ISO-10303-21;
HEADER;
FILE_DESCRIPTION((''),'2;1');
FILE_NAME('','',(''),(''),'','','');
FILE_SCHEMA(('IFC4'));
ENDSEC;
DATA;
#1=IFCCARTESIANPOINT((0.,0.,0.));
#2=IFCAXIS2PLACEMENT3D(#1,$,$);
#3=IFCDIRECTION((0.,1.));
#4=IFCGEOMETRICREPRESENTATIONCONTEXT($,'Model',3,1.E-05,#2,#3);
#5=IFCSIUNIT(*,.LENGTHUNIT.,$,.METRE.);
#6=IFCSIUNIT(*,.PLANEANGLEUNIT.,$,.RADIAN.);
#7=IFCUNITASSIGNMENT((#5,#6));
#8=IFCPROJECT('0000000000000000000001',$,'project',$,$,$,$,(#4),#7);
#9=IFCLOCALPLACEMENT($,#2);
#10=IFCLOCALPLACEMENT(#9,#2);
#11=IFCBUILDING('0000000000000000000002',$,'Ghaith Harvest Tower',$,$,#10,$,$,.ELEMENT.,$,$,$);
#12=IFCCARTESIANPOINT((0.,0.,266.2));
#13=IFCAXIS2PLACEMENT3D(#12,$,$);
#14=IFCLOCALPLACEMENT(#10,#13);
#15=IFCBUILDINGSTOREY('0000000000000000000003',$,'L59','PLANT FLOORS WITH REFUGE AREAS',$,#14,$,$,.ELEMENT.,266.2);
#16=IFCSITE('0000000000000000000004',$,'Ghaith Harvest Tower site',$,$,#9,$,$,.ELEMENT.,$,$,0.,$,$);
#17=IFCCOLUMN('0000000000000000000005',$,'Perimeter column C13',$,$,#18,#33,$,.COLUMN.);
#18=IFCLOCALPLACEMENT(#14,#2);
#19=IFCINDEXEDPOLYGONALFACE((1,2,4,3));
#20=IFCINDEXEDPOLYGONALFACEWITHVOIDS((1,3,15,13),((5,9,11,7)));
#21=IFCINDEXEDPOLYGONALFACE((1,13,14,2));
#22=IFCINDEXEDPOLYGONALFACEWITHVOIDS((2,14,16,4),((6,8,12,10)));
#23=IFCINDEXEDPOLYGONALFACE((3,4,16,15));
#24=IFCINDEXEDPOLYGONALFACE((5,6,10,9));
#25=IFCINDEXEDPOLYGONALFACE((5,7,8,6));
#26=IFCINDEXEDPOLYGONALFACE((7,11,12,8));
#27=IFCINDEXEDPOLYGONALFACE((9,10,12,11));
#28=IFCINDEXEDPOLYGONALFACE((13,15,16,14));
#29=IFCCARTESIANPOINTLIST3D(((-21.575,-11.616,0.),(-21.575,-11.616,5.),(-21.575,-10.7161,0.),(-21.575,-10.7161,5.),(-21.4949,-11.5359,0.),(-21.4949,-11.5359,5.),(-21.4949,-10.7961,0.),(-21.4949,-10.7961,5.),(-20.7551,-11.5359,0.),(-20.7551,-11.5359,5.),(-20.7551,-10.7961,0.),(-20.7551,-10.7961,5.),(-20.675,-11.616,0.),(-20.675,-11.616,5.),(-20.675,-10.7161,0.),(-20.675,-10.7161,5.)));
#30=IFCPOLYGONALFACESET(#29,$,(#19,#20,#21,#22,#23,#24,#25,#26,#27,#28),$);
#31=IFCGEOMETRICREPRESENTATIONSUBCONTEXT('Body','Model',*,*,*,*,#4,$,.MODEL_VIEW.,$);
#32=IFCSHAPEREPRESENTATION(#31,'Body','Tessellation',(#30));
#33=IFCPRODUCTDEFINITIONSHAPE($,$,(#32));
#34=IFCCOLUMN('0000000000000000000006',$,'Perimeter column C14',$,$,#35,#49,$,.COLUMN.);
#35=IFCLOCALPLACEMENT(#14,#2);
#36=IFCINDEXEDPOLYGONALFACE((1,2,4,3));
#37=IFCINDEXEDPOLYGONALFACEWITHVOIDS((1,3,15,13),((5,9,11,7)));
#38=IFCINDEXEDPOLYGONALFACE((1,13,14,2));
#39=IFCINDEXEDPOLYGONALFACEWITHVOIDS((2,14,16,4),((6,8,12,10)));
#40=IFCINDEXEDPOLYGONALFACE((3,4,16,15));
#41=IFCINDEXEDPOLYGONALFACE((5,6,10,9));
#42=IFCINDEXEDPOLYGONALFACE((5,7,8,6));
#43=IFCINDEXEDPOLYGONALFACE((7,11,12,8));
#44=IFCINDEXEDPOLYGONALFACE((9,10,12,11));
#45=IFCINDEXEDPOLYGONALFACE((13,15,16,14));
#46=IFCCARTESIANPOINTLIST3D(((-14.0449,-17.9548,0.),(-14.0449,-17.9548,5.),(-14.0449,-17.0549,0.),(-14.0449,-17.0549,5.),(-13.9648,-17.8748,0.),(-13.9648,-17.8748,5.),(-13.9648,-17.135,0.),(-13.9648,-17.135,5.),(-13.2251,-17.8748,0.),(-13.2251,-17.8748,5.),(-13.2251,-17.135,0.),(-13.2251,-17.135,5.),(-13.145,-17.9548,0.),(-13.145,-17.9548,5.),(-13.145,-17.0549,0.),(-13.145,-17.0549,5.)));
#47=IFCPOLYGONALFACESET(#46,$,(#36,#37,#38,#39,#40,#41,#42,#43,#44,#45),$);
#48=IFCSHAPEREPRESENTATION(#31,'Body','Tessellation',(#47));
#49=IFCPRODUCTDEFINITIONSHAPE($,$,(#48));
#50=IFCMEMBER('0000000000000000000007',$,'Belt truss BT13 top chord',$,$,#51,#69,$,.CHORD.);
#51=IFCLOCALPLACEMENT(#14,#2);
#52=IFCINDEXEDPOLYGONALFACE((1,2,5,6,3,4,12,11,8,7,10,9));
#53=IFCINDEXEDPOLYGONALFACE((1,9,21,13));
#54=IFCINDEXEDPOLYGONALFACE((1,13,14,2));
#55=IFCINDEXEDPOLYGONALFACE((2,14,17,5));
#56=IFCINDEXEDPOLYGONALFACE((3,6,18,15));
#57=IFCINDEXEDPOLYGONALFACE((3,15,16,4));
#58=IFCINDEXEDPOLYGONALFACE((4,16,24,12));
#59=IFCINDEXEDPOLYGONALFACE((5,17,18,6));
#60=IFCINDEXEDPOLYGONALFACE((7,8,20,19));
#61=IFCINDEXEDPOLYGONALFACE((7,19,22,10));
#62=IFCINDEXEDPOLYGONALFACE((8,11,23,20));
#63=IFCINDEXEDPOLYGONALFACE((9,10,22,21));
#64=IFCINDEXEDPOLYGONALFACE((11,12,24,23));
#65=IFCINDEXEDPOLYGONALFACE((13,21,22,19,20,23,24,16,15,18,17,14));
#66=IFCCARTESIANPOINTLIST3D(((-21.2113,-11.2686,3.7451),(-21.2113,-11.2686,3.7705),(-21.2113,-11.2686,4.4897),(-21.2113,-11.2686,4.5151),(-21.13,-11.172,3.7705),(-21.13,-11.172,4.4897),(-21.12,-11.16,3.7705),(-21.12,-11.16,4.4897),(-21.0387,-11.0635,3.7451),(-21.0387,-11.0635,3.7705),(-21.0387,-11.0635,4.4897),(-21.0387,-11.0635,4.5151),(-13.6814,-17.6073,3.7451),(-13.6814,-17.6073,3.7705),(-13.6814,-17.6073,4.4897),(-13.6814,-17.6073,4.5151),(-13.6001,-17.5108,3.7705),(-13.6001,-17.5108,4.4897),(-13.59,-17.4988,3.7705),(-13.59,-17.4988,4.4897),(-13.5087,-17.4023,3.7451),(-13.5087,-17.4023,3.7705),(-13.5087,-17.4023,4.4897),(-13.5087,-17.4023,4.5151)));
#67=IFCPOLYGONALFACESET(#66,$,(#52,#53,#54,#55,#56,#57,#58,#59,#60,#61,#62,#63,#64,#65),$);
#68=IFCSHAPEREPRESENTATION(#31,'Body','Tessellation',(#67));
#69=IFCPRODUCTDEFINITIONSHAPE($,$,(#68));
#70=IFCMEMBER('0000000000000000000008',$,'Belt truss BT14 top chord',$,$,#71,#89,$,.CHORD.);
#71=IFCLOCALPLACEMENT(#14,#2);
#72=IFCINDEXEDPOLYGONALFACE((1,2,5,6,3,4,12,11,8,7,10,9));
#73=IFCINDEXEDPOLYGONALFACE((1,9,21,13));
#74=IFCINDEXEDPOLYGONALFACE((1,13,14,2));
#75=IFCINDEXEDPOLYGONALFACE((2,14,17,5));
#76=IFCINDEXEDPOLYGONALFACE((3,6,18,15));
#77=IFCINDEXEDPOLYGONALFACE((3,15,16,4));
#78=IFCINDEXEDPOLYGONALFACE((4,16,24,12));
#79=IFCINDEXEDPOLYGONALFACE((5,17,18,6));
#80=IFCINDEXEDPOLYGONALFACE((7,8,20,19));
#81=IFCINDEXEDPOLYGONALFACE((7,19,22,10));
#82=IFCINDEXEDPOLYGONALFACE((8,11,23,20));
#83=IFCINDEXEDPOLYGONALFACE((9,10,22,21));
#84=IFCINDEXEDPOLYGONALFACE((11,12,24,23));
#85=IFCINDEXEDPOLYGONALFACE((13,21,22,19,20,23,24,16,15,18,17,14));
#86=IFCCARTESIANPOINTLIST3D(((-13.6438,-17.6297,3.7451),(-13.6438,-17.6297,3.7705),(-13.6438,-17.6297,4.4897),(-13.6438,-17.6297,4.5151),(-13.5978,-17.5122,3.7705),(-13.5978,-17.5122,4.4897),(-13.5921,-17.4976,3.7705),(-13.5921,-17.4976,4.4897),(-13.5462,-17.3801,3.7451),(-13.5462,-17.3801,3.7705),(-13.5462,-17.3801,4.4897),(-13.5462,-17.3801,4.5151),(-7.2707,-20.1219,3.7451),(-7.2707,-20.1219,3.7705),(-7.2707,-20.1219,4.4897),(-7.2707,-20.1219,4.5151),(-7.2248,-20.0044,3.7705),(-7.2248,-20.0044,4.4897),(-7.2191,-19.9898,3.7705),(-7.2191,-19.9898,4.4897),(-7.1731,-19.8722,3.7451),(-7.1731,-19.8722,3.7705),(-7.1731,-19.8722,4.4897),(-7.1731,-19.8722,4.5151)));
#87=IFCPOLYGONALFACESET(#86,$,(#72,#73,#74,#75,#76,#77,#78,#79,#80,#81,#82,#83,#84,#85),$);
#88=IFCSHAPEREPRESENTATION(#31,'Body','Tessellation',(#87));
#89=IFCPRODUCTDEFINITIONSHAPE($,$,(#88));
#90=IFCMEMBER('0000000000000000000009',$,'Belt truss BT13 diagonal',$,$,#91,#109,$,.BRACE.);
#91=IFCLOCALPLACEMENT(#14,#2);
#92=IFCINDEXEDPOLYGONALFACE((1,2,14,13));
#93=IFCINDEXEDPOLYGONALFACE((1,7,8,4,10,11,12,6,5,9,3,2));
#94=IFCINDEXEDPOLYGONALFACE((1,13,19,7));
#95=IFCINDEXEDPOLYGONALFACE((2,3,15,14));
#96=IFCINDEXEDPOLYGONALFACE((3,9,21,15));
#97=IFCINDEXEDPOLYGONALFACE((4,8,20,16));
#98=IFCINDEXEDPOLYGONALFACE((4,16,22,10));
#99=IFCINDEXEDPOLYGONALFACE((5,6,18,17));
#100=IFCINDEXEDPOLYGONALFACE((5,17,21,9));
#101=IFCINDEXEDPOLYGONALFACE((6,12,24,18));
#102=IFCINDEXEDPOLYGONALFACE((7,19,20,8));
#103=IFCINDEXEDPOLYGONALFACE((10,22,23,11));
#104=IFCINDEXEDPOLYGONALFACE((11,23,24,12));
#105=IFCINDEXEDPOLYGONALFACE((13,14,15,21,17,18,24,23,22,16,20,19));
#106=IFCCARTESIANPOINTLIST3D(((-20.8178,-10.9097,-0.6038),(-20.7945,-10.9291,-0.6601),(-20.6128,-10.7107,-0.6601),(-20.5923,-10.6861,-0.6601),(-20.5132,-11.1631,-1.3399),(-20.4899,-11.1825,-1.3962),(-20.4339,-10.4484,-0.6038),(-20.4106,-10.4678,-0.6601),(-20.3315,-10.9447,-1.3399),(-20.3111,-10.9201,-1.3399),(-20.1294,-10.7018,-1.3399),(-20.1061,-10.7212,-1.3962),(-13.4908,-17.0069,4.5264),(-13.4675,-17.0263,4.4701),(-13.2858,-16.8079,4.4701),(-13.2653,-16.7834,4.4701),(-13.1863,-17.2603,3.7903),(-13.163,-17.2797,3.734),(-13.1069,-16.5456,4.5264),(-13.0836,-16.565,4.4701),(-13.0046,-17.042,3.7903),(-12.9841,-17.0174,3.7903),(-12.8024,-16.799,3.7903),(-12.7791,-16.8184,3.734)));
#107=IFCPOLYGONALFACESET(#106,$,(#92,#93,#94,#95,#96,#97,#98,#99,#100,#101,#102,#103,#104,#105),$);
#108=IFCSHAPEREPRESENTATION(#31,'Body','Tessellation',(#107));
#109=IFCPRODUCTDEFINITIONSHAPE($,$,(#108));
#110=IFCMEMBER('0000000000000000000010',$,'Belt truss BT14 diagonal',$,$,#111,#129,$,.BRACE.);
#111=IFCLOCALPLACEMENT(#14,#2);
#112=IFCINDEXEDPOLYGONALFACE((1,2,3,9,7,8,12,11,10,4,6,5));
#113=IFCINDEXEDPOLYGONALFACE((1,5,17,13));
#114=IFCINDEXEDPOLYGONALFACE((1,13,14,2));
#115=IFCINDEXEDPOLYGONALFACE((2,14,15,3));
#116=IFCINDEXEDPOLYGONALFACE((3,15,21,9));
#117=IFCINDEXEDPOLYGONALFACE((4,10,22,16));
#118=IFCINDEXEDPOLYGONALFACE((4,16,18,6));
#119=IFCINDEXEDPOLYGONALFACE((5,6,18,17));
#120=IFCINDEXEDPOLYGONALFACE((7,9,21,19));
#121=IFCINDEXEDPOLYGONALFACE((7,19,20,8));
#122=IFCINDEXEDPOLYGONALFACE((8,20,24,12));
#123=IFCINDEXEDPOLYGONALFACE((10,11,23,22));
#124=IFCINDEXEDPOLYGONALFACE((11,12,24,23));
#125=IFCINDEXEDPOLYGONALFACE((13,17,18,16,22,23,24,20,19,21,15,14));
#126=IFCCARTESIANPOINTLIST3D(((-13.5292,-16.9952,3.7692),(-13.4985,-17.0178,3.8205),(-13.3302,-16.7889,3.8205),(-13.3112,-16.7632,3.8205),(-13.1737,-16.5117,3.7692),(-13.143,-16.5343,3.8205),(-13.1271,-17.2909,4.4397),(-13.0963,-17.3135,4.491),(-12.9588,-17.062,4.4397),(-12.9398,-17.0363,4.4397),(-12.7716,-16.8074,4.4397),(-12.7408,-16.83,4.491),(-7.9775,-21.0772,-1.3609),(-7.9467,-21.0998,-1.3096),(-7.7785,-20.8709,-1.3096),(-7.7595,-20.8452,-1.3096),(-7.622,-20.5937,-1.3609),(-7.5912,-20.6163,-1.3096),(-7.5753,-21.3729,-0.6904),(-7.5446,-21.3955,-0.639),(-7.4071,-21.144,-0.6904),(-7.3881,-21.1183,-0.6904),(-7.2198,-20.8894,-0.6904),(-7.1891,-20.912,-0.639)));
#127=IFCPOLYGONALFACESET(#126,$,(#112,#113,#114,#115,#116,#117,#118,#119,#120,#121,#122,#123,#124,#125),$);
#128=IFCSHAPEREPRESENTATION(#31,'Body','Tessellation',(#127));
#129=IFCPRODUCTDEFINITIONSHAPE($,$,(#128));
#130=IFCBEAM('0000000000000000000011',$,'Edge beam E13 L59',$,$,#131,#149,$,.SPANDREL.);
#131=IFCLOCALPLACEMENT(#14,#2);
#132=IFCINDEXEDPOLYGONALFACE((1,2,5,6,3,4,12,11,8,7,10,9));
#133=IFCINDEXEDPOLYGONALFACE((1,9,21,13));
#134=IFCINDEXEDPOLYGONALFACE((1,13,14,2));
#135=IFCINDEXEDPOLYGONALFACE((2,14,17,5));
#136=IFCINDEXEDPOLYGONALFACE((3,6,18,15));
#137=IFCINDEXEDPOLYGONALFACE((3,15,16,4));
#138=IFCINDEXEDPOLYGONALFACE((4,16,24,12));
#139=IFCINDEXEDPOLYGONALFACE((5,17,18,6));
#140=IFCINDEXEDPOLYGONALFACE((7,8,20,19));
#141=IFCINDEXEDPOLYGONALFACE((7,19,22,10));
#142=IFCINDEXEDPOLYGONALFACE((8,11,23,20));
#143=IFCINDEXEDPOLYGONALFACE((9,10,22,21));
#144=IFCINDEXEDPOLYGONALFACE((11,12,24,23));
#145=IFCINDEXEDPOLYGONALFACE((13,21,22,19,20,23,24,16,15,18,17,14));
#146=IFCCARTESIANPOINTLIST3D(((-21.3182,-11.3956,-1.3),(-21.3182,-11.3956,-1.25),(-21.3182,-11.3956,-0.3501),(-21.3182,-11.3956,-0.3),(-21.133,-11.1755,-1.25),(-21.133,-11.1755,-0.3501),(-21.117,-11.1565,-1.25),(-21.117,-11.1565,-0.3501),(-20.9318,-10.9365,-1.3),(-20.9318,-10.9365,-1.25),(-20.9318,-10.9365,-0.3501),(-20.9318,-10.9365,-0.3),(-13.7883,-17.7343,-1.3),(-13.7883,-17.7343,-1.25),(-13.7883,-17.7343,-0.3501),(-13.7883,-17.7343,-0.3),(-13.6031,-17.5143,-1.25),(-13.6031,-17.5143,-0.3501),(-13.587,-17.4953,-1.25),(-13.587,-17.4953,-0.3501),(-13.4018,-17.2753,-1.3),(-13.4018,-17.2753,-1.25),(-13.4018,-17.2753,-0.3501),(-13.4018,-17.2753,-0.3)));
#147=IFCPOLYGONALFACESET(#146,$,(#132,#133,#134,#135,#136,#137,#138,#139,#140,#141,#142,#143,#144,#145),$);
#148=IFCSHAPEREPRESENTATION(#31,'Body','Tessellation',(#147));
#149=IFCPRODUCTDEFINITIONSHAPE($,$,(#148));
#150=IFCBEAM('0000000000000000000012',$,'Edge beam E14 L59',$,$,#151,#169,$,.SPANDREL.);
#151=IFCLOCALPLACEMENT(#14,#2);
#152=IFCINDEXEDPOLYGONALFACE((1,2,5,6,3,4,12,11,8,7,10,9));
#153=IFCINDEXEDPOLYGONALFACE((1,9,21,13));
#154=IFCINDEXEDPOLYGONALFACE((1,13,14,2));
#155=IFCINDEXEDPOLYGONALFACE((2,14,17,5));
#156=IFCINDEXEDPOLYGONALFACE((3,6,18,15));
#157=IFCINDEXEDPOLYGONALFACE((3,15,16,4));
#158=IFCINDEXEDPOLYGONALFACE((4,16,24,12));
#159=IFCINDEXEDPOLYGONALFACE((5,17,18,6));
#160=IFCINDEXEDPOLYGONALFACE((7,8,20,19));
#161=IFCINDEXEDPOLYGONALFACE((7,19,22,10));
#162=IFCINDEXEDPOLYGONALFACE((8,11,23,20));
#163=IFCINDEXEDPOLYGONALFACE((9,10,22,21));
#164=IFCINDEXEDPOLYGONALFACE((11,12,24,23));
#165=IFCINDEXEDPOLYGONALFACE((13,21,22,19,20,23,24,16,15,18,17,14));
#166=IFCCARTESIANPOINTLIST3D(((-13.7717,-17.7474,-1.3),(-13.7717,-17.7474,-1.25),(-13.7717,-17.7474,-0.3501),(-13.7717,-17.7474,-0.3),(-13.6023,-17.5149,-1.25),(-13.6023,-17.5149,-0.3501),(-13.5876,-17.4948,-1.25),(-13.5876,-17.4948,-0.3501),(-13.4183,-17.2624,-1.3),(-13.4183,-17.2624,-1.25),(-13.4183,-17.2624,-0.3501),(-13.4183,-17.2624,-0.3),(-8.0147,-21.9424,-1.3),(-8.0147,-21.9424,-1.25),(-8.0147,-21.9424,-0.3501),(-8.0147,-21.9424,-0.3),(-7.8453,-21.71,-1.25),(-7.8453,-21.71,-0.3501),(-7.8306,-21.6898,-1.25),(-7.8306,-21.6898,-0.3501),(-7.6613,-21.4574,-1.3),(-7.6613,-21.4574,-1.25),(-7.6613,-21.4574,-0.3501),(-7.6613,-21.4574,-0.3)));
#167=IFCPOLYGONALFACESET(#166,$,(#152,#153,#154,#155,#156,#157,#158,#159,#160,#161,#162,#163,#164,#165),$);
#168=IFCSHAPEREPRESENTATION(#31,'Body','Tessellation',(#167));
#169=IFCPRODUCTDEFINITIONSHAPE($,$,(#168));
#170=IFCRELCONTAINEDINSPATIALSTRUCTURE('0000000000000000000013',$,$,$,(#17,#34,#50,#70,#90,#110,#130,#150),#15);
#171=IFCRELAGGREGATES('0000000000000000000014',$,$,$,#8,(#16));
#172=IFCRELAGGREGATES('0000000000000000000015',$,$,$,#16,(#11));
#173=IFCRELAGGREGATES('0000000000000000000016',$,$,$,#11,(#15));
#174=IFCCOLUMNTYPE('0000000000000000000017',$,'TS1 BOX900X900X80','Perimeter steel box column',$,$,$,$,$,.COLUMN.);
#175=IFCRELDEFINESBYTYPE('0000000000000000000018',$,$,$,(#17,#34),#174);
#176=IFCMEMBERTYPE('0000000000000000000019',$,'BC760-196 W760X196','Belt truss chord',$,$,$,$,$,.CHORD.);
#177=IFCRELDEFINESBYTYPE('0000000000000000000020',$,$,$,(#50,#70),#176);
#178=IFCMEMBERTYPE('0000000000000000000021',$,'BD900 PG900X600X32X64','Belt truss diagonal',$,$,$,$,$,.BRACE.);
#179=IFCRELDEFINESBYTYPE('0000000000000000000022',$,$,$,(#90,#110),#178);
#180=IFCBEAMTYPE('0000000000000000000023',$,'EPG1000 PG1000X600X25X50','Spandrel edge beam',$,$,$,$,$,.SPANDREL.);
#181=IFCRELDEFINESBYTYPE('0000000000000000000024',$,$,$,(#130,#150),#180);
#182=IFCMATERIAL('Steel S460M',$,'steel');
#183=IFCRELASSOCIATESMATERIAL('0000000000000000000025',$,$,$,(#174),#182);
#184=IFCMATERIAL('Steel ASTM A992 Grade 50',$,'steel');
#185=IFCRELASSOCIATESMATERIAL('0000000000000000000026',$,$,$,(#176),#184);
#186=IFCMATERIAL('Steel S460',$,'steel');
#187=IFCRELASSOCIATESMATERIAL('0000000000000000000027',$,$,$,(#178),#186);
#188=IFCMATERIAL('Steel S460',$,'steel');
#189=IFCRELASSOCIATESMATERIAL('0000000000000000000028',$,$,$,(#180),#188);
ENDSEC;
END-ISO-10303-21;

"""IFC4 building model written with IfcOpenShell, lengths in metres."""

from ifc_helpers import new_model, si_unit, direction, frame, origin, origin_2d, place, context, subcontext, project, spatial, hollow_rectangle, i_section, extrude, material, material_profile, profile_set, type_object, element, save


model = new_model("IFC4")

# Units and contexts
model_context = context("Model", 3, precision=1e-05, world=origin(), true_north=direction((0.0, 1.0)))
body_context = subcontext(model_context, "Body", "Model", "MODEL_VIEW")
ifc_project = project(units=[si_unit("LENGTHUNIT", "METRE"), si_unit("PLANEANGLEUNIT", "RADIAN")], contexts=[model_context])

# Site, building, storey
site_placement = place(None, origin())
site = spatial("IfcSite", under=ifc_project, at=site_placement, Name="Ghaith Harvest Tower site", CompositionType="ELEMENT", RefElevation=0.0)
building_placement = place(site_placement, origin())
building = spatial("IfcBuilding", under=site, at=building_placement, Name="Ghaith Harvest Tower", CompositionType="ELEMENT")
storey_placement = place(building_placement, frame((0.0, 0.0, 266.2)))
storey = spatial("IfcBuildingStorey", under=building, at=storey_placement, Name="L59", Description="PLANT FLOORS WITH REFUGE AREAS", CompositionType="ELEMENT", Elevation=266.2)

# Columns
ifc_material_1 = material(Name="Steel S460M", Category="steel")
ifc_material_profile_1 = material_profile(ifc_material_1, hollow_rectangle(XDim=0.8999, YDim=0.8999, WallThickness=0.0801, at=origin_2d()), Name="BOX900X900X80")
ifc_profile_set_1 = profile_set([ifc_material_profile_1], Name="Steel S460M")
column_type = type_object("IfcColumnType", Name="TS1 BOX900X900X80", Description="Perimeter steel box column", PredefinedType="COLUMN", material=ifc_profile_set_1)
for number, where, z_axis, x_axis, name in (
    (1, (-21.125, -11.166, 0.0), (0.0, 0.0, 1.0), (1.0, 0.0, 0.0), "Perimeter column C13"),
    (2, (-13.595, -17.5049, 0.0), (0.0, 0.0, 1.0), (1.0, 0.0, 0.0), "Perimeter column C14"),
):
    element("IfcColumn", number, at=place(storey_placement, frame(where, z_axis=z_axis, x_axis=x_axis)), inside=storey, type_object=column_type, Name=name, PredefinedType="COLUMN", context=body_context, shape_type="SweptSolid", body=[
        extrude(hollow_rectangle(XDim=0.8999, YDim=0.8999, WallThickness=0.0801, at=origin_2d()), origin(), (0.0, 0.0, 1.0), 5.0),
    ])

# Members
ifc_material_2 = material(Name="Steel ASTM A992 Grade 50", Category="steel")
ifc_material_profile_2 = material_profile(ifc_material_2, i_section(OverallWidth=0.2681, OverallDepth=0.77, WebThickness=0.0156, FlangeThickness=0.0254, at=origin_2d()), Name="W760X196")
ifc_profile_set_2 = profile_set([ifc_material_profile_2], Name="Steel ASTM A992 Grade 50")
member_type_1 = type_object("IfcMemberType", Name="BC760-196 W760X196", Description="Belt truss chord", PredefinedType="CHORD", material=ifc_profile_set_2)
member_1_placement = place(storey_placement, frame((-21.125, -11.166, 4.1301), z_axis=(0.765022, -0.644004, 0.0), x_axis=(0.644004, 0.765022, 0.0)))
element("IfcMember", 3, at=member_1_placement, inside=storey, type_object=member_type_1, Name="Belt truss BT13 top chord", PredefinedType="CHORD", context=body_context, shape_type="SweptSolid", body=[
    extrude(i_section(OverallWidth=0.2681, OverallDepth=0.77, WebThickness=0.0156, FlangeThickness=0.0254, at=origin_2d()), origin(), (0.0, 0.0, 1.0), 9.8428),
])
member_2_placement = place(storey_placement, frame((-13.595, -17.5049, 4.1301), z_axis=(0.931323, -0.364195, 0.0), x_axis=(0.364195, 0.931323, 0.0)))
element("IfcMember", 4, at=member_2_placement, inside=storey, type_object=member_type_1, Name="Belt truss BT14 top chord", PredefinedType="CHORD", context=body_context, shape_type="SweptSolid", body=[
    extrude(i_section(OverallWidth=0.2681, OverallDepth=0.77, WebThickness=0.0156, FlangeThickness=0.0254, at=origin_2d()), origin(), (0.0, 0.0, 1.0), 6.843),
])
ifc_material_3 = material(Name="Steel S460", Category="steel")
ifc_material_profile_3 = material_profile(ifc_material_3, i_section(OverallWidth=0.6001, OverallDepth=0.8999, WebThickness=0.032, FlangeThickness=0.064, at=origin_2d()), Name="PG900X600X32X64")
ifc_profile_set_3 = profile_set([ifc_material_profile_3], Name="Steel S460")
member_type_2 = type_object("IfcMemberType", Name="BD900 PG900X600X32X64", Description="Belt truss diagonal", PredefinedType="BRACE", material=ifc_profile_set_3)
member_3_placement = place(storey_placement, frame((-20.4619, -10.8154, -1.0), z_axis=(0.67686, -0.563257, 0.473922), x_axis=(0.639653, 0.768664, 0.0)))
element("IfcMember", 5, at=member_3_placement, inside=storey, type_object=member_type_2, Name="Belt truss BT13 diagonal", PredefinedType="BRACE", context=body_context, shape_type="SweptSolid", body=[
    extrude(i_section(OverallWidth=0.6001, OverallDepth=0.8999, WebThickness=0.032, FlangeThickness=0.064, at=origin_2d()), origin(), (0.0, 0.0, 1.0), 10.825),
])
member_4_placement = place(storey_placement, frame((-13.135, -16.9126, 4.1301), z_axis=(0.646239, -0.475159, -0.59716), x_axis=(0.592377, 0.805661, 0.0)))
element("IfcMember", 6, at=member_4_placement, inside=storey, type_object=member_type_2, Name="Belt truss BT14 diagonal", PredefinedType="BRACE", context=body_context, shape_type="SweptSolid", body=[
    extrude(i_section(OverallWidth=0.6001, OverallDepth=0.8999, WebThickness=0.032, FlangeThickness=0.064, at=origin_2d()), origin(), (0.0, 0.0, 1.0), 8.5908),
])

# Beams
ifc_material_4 = material(Name="Steel S460", Category="steel")
ifc_material_profile_4 = material_profile(ifc_material_4, i_section(OverallWidth=0.6001, OverallDepth=1.0, WebThickness=0.0249, FlangeThickness=0.05, at=origin_2d()), Name="PG1000X600X25X50")
ifc_profile_set_4 = profile_set([ifc_material_profile_4], Name="Steel S460")
beam_type = type_object("IfcBeamType", Name="EPG1000 PG1000X600X25X50", Description="Spandrel edge beam", PredefinedType="SPANDREL", material=ifc_profile_set_4)
beam_1_placement = place(storey_placement, frame((-21.125, -11.166, -0.8), z_axis=(0.765022, -0.644004, 0.0), x_axis=(0.644004, 0.765022, 0.0)))
element("IfcBeam", 7, at=beam_1_placement, inside=storey, type_object=beam_type, Name="Edge beam E13 L59", PredefinedType="SPANDREL", context=body_context, shape_type="SweptSolid", body=[
    extrude(i_section(OverallWidth=0.6001, OverallDepth=1.0, WebThickness=0.0249, FlangeThickness=0.05, at=origin_2d()), origin(), (0.0, 0.0, 1.0), 9.8428),
])
beam_2_placement = place(storey_placement, frame((-13.595, -17.5049, -0.8), z_axis=(0.808195, -0.588915, 0.0), x_axis=(0.588915, 0.808195, 0.0)))
element("IfcBeam", 8, at=beam_2_placement, inside=storey, type_object=beam_type, Name="Edge beam E14 L59", PredefinedType="SPANDREL", context=body_context, shape_type="SweptSolid", body=[
    extrude(i_section(OverallWidth=0.6001, OverallDepth=1.0, WebThickness=0.0249, FlangeThickness=0.05, at=origin_2d()), origin(), (0.0, 0.0, 1.0), 7.1233),
])

save(model, "model.ifc")
